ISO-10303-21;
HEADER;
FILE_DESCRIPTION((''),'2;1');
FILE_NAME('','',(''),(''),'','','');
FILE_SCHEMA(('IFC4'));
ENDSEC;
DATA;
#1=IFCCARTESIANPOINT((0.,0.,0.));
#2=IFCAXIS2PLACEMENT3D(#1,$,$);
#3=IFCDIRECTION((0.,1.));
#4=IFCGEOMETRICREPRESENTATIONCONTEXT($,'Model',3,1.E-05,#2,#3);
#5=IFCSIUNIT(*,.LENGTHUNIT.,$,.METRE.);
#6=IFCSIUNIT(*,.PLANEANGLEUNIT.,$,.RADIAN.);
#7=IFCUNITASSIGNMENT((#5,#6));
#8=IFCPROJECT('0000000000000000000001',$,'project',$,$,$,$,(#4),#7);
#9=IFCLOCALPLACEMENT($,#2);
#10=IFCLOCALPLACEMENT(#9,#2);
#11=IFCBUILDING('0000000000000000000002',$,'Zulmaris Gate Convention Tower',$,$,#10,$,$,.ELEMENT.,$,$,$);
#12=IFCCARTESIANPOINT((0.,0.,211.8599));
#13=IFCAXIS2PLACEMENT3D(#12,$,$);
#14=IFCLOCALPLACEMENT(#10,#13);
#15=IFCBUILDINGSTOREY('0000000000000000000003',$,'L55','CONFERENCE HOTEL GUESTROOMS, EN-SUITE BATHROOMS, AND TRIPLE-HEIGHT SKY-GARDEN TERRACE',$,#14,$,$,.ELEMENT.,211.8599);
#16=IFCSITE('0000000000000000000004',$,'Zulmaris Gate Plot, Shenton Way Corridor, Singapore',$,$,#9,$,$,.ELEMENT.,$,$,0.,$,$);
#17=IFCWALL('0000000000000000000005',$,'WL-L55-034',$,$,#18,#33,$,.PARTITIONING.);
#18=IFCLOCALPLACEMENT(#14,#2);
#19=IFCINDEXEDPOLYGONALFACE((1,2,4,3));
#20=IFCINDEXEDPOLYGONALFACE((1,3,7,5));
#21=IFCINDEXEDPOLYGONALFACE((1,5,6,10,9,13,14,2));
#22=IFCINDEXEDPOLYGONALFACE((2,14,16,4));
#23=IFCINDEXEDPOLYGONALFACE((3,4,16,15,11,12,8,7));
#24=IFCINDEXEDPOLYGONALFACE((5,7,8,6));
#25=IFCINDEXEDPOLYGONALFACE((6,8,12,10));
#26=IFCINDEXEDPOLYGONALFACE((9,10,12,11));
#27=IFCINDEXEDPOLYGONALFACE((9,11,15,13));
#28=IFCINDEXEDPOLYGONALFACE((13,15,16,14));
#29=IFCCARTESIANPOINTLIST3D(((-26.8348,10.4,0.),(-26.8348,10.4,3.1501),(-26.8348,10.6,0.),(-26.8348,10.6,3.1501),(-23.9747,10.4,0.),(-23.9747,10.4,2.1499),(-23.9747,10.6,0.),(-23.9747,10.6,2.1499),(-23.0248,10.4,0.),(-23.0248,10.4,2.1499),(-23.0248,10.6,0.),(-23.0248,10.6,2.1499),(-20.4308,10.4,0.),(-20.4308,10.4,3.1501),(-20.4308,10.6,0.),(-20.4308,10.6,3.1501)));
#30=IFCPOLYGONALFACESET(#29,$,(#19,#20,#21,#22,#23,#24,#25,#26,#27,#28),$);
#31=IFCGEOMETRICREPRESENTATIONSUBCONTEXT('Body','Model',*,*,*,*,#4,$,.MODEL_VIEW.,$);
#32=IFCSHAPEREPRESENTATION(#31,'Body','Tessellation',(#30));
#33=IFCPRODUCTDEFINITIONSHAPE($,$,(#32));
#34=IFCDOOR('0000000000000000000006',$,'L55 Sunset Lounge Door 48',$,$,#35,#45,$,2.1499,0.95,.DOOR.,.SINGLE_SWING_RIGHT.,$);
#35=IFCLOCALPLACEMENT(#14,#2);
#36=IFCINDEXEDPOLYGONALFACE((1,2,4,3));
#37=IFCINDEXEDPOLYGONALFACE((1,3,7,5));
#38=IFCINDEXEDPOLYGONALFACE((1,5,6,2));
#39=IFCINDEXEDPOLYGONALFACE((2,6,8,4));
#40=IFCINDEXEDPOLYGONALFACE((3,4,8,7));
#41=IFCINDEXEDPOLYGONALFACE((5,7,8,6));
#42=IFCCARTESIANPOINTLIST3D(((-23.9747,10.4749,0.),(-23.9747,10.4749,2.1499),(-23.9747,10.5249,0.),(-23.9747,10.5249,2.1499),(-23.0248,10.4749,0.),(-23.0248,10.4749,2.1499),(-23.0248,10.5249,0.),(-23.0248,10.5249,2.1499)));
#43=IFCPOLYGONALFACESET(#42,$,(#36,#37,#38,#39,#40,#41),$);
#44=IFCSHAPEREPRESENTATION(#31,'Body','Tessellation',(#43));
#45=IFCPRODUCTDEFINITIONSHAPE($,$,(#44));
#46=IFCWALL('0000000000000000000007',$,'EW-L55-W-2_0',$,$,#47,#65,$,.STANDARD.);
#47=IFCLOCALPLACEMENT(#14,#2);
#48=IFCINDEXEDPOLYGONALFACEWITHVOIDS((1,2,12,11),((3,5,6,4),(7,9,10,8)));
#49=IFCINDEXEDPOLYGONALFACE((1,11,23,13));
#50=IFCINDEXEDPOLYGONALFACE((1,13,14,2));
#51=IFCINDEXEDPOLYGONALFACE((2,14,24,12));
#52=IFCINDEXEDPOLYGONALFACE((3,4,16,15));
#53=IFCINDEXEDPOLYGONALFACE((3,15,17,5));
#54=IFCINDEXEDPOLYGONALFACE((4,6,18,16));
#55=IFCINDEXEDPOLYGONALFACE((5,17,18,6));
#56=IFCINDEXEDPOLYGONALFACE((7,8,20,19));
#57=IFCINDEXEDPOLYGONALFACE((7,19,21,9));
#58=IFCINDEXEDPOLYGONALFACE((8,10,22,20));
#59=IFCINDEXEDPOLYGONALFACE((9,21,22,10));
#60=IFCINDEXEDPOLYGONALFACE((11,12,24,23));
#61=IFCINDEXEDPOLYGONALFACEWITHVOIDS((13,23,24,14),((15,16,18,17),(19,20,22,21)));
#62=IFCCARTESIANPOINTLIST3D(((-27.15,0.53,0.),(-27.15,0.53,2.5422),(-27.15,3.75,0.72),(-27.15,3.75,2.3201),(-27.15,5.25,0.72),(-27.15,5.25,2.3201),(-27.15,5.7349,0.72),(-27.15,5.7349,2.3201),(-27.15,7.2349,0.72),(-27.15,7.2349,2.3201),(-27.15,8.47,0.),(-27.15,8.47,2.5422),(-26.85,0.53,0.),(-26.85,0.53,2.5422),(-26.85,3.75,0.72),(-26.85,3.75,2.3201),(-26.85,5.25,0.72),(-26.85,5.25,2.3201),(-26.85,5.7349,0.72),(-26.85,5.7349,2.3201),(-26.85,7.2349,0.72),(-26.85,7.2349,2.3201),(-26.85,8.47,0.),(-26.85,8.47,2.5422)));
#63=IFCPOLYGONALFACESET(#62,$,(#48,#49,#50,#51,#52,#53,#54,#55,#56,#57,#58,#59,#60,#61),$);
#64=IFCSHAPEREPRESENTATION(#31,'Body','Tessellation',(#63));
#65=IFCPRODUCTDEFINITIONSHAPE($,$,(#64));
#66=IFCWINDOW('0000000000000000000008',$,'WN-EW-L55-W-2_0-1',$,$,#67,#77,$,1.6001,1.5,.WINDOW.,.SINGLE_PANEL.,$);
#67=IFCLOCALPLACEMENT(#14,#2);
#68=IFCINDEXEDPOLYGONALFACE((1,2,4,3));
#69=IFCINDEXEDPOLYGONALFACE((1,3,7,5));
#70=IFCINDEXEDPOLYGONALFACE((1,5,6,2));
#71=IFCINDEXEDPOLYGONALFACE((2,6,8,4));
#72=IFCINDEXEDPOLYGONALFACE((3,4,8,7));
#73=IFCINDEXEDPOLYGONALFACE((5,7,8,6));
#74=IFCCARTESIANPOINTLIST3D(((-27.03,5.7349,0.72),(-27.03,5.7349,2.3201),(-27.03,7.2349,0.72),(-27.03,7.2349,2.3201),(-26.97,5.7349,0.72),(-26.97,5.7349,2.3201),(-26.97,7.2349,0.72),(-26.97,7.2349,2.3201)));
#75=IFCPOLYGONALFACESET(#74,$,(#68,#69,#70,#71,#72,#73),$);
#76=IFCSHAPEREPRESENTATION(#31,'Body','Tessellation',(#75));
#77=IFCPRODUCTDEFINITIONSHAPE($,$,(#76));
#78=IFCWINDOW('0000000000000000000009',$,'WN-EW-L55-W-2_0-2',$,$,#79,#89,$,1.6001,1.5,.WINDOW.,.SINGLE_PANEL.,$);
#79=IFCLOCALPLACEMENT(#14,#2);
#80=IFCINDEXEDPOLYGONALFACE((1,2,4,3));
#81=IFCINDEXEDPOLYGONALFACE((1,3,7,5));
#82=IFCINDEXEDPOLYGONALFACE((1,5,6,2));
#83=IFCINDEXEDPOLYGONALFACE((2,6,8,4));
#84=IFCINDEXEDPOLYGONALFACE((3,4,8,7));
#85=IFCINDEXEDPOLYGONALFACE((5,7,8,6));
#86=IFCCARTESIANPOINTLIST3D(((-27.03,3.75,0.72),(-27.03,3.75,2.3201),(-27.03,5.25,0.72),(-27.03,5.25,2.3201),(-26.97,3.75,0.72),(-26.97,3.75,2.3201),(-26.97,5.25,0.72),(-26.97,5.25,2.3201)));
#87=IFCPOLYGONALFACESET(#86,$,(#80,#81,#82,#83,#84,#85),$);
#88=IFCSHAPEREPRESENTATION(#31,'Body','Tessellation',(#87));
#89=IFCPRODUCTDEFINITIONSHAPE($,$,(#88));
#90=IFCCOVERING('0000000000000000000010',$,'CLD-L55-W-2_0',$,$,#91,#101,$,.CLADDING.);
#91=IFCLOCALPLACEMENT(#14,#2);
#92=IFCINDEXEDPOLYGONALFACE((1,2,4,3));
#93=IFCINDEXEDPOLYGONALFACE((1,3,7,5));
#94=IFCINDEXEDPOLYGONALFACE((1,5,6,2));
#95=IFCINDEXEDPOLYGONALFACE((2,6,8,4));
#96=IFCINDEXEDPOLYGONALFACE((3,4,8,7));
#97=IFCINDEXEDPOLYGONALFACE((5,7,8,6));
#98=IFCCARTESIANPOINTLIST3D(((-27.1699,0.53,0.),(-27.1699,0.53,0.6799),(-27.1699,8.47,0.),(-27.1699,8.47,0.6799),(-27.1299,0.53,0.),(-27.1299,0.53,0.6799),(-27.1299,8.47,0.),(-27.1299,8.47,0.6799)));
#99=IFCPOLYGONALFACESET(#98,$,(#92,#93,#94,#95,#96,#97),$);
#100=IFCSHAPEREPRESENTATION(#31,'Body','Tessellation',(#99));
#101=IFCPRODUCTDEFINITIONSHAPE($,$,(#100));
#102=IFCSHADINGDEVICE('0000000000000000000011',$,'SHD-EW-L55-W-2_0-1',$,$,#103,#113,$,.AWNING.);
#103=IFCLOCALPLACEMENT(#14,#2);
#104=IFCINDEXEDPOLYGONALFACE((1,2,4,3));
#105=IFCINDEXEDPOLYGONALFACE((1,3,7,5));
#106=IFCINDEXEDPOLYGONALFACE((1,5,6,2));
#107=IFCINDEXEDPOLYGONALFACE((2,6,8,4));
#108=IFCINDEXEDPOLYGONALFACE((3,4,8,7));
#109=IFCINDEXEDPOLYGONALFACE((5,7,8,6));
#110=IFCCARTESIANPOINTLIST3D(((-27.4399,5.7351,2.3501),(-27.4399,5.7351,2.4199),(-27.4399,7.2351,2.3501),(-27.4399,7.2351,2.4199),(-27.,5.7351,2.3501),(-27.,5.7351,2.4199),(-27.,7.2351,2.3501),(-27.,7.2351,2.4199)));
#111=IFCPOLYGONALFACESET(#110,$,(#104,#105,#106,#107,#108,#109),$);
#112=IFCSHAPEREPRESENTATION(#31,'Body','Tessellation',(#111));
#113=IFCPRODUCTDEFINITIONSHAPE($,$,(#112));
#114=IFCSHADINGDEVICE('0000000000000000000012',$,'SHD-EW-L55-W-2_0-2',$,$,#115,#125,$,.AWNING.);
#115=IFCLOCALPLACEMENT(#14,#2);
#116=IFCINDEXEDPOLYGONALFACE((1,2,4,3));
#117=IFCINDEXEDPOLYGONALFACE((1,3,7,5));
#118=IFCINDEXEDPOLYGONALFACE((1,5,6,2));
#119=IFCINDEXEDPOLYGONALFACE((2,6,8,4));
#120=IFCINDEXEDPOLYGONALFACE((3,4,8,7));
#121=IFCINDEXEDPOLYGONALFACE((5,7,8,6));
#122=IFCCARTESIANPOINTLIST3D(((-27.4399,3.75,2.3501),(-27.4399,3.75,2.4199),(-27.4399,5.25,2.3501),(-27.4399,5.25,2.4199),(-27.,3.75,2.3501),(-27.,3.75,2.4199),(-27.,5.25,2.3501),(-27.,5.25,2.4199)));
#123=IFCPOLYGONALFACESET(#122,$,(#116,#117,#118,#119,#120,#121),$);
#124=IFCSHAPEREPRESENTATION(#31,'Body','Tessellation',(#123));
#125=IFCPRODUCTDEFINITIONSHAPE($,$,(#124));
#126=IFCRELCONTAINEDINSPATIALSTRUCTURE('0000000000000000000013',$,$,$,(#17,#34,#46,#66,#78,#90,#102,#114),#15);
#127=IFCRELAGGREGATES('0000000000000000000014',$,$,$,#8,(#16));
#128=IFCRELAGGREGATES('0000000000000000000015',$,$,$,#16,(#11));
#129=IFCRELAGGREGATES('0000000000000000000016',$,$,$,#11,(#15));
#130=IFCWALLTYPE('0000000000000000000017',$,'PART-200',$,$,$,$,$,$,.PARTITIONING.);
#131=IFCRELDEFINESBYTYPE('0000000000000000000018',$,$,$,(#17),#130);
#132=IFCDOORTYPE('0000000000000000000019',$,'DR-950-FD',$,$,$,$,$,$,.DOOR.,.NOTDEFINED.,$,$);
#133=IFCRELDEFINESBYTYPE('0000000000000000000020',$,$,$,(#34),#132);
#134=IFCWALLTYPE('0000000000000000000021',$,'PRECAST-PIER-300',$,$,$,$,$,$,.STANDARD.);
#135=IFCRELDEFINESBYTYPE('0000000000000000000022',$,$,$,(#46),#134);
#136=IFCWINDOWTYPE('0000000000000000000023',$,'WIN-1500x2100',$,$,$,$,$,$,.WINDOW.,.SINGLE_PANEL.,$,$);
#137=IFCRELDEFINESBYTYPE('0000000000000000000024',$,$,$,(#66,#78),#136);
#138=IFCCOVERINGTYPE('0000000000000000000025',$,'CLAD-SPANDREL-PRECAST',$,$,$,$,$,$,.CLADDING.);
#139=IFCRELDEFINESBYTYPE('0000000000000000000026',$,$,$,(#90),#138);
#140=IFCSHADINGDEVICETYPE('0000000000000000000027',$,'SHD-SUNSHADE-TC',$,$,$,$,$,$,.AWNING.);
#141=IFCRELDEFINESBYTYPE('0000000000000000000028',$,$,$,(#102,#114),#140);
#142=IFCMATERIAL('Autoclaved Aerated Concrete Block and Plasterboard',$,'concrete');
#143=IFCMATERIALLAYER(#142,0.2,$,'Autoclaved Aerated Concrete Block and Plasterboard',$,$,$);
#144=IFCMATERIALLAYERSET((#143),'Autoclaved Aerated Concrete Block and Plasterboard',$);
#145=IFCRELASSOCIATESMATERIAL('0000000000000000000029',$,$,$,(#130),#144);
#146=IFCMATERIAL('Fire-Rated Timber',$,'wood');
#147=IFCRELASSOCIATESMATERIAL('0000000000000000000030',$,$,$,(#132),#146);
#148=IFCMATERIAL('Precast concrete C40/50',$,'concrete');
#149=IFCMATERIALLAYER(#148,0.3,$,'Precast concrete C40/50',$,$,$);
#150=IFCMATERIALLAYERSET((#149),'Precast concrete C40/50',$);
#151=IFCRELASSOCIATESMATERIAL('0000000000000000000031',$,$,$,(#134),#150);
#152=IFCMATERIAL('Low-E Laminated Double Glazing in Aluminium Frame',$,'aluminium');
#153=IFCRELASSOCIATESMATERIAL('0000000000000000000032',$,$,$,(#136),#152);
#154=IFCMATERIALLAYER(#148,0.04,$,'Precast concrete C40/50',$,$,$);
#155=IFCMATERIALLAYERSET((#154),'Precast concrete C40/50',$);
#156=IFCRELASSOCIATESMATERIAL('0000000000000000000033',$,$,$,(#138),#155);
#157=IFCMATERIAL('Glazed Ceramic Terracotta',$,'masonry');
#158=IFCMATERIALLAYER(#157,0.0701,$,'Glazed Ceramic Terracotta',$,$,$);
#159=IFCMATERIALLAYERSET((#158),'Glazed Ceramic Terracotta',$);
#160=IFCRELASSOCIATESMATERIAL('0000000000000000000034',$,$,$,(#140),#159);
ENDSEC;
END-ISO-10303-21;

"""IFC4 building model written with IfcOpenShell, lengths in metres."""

from ifc_helpers import new_model, si_unit, direction, frame, frame_2d, origin, place, context, subcontext, project, spatial, rectangle, extrude, material, layer, layer_set, type_object, element, fill, save


model = new_model("IFC4")

# Units and contexts
model_context = context("Model", 3, precision=1e-05, world=origin(), true_north=direction((0.0, 1.0)))
body_context = subcontext(model_context, "Body", "Model", "MODEL_VIEW")
ifc_project = project(units=[si_unit("LENGTHUNIT", "METRE"), si_unit("PLANEANGLEUNIT", "RADIAN")], contexts=[model_context])

# Site, building, storey
site_placement = place(None, origin())
site = spatial("IfcSite", under=ifc_project, at=site_placement, Name="Zulmaris Gate Plot, Shenton Way Corridor, Singapore", CompositionType="ELEMENT", RefElevation=0.0)
building_placement = place(site_placement, origin())
building = spatial("IfcBuilding", under=site, at=building_placement, Name="Zulmaris Gate Convention Tower", CompositionType="ELEMENT")
storey_placement = place(building_placement, frame((0.0, 0.0, 211.8599)))
storey = spatial("IfcBuildingStorey", under=building, at=storey_placement, Name="L55", Description="CONFERENCE HOTEL GUESTROOMS, EN-SUITE BATHROOMS, AND TRIPLE-HEIGHT SKY-GARDEN TERRACE", CompositionType="ELEMENT", Elevation=211.8599)

# Shared definitions
ifc_material_1 = material(Name="Autoclaved Aerated Concrete Block and Plasterboard", Category="concrete")
ifc_layer_1 = layer(ifc_material_1, 0.2, Name="Autoclaved Aerated Concrete Block and Plasterboard")
ifc_layer_set_1 = layer_set([ifc_layer_1], Name="Autoclaved Aerated Concrete Block and Plasterboard")
wall_type_1 = type_object("IfcWallType", Name="PART-200", PredefinedType="PARTITIONING", material=ifc_layer_set_1)

# Wall, opening, door
wall_1_placement = place(storey_placement, frame((-26.835, 10.5, 0.0), z_axis=(0.0, 0.0, 1.0), x_axis=(1.0, 0.0, 0.0)))
wall_1 = element("IfcWall", 1, at=wall_1_placement, inside=storey, type_object=wall_type_1, Name="WL-L55-034", PredefinedType="PARTITIONING", context=body_context, shape_type="SweptSolid", body=[
    extrude(rectangle(XDim=6.4041, YDim=0.2, at=frame_2d((3.2021, 0.0))), origin(), (0.0, 0.0, 1.0), 3.1501),
])
opening_1_placement = place(wall_1_placement, frame((2.8601, 0.0, 0.0)))
opening_1 = element("IfcOpeningElement", 2, at=opening_1_placement, cuts=wall_1, PredefinedType="OPENING", context=body_context, shape_type="SweptSolid", body=[
    extrude(rectangle(XDim=0.95, YDim=2.1499, at=frame_2d((0.4751, 1.075))), frame((0.0, 0.1099, 0.0), z_axis=(0.0, -1.0, 0.0), x_axis=(1.0, 0.0, 0.0)), (0.0, 0.0, 1.0), 0.22),
])
ifc_material_2 = material(Name="Fire-Rated Timber", Category="wood")
door_type_1 = type_object("IfcDoorType", Name="DR-950-FD", OperationType="NOTDEFINED", PredefinedType="DOOR", material=ifc_material_2)
door_1_placement = place(opening_1_placement, origin())
door_1 = element("IfcDoor", 3, at=door_1_placement, inside=storey, type_object=door_type_1, Name="L55 Sunset Lounge Door 48", OperationType="SINGLE_SWING_RIGHT", OverallHeight=2.1499, OverallWidth=0.95, PredefinedType="DOOR", context=body_context, shape_type="SweptSolid", body=[
    extrude(rectangle(XDim=0.95, YDim=2.1499, at=frame_2d((0.4751, 1.075))), frame((0.0, 0.0249, 0.0), z_axis=(0.0, -1.0, 0.0), x_axis=(1.0, 0.0, 0.0)), (0.0, 0.0, 1.0), 0.05),
])
fill(opening_1, door_1)

# Wall, openings, windows
ifc_material_3 = material(Name="Precast concrete C40/50", Category="concrete")
ifc_layer_2 = layer(ifc_material_3, 0.3, Name="Precast concrete C40/50")
ifc_layer_set_2 = layer_set([ifc_layer_2], Name="Precast concrete C40/50")
wall_type_2 = type_object("IfcWallType", Name="PRECAST-PIER-300", PredefinedType="STANDARD", material=ifc_layer_set_2)
wall_2_placement = place(storey_placement, frame((-27.0, 8.47, 0.0), z_axis=(0.0, 0.0, 1.0), x_axis=(0.0, -1.0, 0.0)))
wall_2 = element("IfcWall", 4, at=wall_2_placement, inside=storey, type_object=wall_type_2, Name="EW-L55-W-2_0", PredefinedType="STANDARD", context=body_context, shape_type="SweptSolid", body=[
    extrude(rectangle(XDim=7.9399, YDim=0.3, at=frame_2d((3.97, 0.0))), origin(), (0.0, 0.0, 1.0), 2.5422),
])
opening_2_placement = place(wall_2_placement, frame((1.2351, 0.0, 0.72)))
opening_2 = element("IfcOpeningElement", 5, at=opening_2_placement, cuts=wall_2, PredefinedType="OPENING", context=body_context, shape_type="SweptSolid", body=[
    extrude(rectangle(XDim=1.5, YDim=1.6001, at=frame_2d((0.75, 0.8))), frame((0.0, 0.1602, 0.0), z_axis=(0.0, -1.0, 0.0), x_axis=(1.0, 0.0, 0.0)), (0.0, 0.0, 1.0), 0.3201),
])
opening_3_placement = place(wall_2_placement, frame((3.22, 0.0, 0.72)))
opening_3 = element("IfcOpeningElement", 6, at=opening_3_placement, cuts=wall_2, PredefinedType="OPENING", context=body_context, shape_type="SweptSolid", body=[
    extrude(rectangle(XDim=1.5, YDim=1.6001, at=frame_2d((0.75, 0.8))), frame((0.0, 0.1602, 0.0), z_axis=(0.0, -1.0, 0.0), x_axis=(1.0, 0.0, 0.0)), (0.0, 0.0, 1.0), 0.3201),
])
ifc_material_4 = material(Name="Low-E Laminated Double Glazing in Aluminium Frame", Category="aluminium")
window_type = type_object("IfcWindowType", Name="WIN-1500x2100", PartitioningType="SINGLE_PANEL", PredefinedType="WINDOW", material=ifc_material_4)
window_1_placement = place(opening_2_placement, origin())
window_1 = element("IfcWindow", 7, at=window_1_placement, inside=storey, type_object=window_type, Name="WN-EW-L55-W-2_0-1", OverallHeight=1.6001, OverallWidth=1.5, PartitioningType="SINGLE_PANEL", PredefinedType="WINDOW", context=body_context, shape_type="SweptSolid", body=[
    extrude(rectangle(XDim=1.5, YDim=1.6001, at=frame_2d((0.75, 0.8))), frame((0.0, 0.03, 0.0), z_axis=(0.0, -1.0, 0.0), x_axis=(1.0, 0.0, 0.0)), (0.0, 0.0, 1.0), 0.0601),
])
fill(opening_2, window_1)
window_2_placement = place(opening_3_placement, origin())
window_2 = element("IfcWindow", 8, at=window_2_placement, inside=storey, type_object=window_type, Name="WN-EW-L55-W-2_0-2", OverallHeight=1.6001, OverallWidth=1.5, PartitioningType="SINGLE_PANEL", PredefinedType="WINDOW", context=body_context, shape_type="SweptSolid", body=[
    extrude(rectangle(XDim=1.5, YDim=1.6001, at=frame_2d((0.75, 0.8))), frame((0.0, 0.03, 0.0), z_axis=(0.0, -1.0, 0.0), x_axis=(1.0, 0.0, 0.0)), (0.0, 0.0, 1.0), 0.0601),
])
fill(opening_3, window_2)

# Covering
ifc_layer_3 = layer(ifc_material_3, 0.04, Name="Precast concrete C40/50")
ifc_layer_set_3 = layer_set([ifc_layer_3], Name="Precast concrete C40/50")
covering_type = type_object("IfcCoveringType", Name="CLAD-SPANDREL-PRECAST", PredefinedType="CLADDING", material=ifc_layer_set_3)
covering_placement = place(storey_placement, frame((-27.1499, 8.47, 0.0), z_axis=(0.0, 0.0, 1.0), x_axis=(0.0, -1.0, 0.0)))
element("IfcCovering", 9, at=covering_placement, inside=storey, type_object=covering_type, Name="CLD-L55-W-2_0", PredefinedType="CLADDING", context=body_context, shape_type="SweptSolid", body=[
    extrude(rectangle(XDim=7.9399, YDim=0.04, at=frame_2d((3.97, 0.0))), origin(), (0.0, 0.0, 1.0), 0.6799),
])

# Shading devices
ifc_material_5 = material(Name="Glazed Ceramic Terracotta", Category="masonry")
ifc_layer_4 = layer(ifc_material_5, 0.0701, Name="Glazed Ceramic Terracotta")
ifc_layer_set_4 = layer_set([ifc_layer_4], Name="Glazed Ceramic Terracotta")
shading_device_type = type_object("IfcShadingDeviceType", Name="SHD-SUNSHADE-TC", PredefinedType="AWNING", material=ifc_layer_set_4)
for number, where, z_axis, x_axis, name in (
    (10, (-27.22, 7.2351, 2.3501), (0.0, 0.0, 1.0), (0.0, -1.0, 0.0), "SHD-EW-L55-W-2_0-1"),
    (11, (-27.22, 5.25, 2.3501), (0.0, 0.0, 1.0), (0.0, -1.0, 0.0), "SHD-EW-L55-W-2_0-2"),
):
    element("IfcShadingDevice", number, at=place(storey_placement, frame(where, z_axis=z_axis, x_axis=x_axis)), inside=storey, type_object=shading_device_type, Name=name, PredefinedType="AWNING", context=body_context, shape_type="SweptSolid", body=[
        extrude(rectangle(XDim=1.5, YDim=0.4399, at=frame_2d((0.75, 0.0))), origin(), (0.0, 0.0, 1.0), 0.0698),
    ])

save(model, "model.ifc")
